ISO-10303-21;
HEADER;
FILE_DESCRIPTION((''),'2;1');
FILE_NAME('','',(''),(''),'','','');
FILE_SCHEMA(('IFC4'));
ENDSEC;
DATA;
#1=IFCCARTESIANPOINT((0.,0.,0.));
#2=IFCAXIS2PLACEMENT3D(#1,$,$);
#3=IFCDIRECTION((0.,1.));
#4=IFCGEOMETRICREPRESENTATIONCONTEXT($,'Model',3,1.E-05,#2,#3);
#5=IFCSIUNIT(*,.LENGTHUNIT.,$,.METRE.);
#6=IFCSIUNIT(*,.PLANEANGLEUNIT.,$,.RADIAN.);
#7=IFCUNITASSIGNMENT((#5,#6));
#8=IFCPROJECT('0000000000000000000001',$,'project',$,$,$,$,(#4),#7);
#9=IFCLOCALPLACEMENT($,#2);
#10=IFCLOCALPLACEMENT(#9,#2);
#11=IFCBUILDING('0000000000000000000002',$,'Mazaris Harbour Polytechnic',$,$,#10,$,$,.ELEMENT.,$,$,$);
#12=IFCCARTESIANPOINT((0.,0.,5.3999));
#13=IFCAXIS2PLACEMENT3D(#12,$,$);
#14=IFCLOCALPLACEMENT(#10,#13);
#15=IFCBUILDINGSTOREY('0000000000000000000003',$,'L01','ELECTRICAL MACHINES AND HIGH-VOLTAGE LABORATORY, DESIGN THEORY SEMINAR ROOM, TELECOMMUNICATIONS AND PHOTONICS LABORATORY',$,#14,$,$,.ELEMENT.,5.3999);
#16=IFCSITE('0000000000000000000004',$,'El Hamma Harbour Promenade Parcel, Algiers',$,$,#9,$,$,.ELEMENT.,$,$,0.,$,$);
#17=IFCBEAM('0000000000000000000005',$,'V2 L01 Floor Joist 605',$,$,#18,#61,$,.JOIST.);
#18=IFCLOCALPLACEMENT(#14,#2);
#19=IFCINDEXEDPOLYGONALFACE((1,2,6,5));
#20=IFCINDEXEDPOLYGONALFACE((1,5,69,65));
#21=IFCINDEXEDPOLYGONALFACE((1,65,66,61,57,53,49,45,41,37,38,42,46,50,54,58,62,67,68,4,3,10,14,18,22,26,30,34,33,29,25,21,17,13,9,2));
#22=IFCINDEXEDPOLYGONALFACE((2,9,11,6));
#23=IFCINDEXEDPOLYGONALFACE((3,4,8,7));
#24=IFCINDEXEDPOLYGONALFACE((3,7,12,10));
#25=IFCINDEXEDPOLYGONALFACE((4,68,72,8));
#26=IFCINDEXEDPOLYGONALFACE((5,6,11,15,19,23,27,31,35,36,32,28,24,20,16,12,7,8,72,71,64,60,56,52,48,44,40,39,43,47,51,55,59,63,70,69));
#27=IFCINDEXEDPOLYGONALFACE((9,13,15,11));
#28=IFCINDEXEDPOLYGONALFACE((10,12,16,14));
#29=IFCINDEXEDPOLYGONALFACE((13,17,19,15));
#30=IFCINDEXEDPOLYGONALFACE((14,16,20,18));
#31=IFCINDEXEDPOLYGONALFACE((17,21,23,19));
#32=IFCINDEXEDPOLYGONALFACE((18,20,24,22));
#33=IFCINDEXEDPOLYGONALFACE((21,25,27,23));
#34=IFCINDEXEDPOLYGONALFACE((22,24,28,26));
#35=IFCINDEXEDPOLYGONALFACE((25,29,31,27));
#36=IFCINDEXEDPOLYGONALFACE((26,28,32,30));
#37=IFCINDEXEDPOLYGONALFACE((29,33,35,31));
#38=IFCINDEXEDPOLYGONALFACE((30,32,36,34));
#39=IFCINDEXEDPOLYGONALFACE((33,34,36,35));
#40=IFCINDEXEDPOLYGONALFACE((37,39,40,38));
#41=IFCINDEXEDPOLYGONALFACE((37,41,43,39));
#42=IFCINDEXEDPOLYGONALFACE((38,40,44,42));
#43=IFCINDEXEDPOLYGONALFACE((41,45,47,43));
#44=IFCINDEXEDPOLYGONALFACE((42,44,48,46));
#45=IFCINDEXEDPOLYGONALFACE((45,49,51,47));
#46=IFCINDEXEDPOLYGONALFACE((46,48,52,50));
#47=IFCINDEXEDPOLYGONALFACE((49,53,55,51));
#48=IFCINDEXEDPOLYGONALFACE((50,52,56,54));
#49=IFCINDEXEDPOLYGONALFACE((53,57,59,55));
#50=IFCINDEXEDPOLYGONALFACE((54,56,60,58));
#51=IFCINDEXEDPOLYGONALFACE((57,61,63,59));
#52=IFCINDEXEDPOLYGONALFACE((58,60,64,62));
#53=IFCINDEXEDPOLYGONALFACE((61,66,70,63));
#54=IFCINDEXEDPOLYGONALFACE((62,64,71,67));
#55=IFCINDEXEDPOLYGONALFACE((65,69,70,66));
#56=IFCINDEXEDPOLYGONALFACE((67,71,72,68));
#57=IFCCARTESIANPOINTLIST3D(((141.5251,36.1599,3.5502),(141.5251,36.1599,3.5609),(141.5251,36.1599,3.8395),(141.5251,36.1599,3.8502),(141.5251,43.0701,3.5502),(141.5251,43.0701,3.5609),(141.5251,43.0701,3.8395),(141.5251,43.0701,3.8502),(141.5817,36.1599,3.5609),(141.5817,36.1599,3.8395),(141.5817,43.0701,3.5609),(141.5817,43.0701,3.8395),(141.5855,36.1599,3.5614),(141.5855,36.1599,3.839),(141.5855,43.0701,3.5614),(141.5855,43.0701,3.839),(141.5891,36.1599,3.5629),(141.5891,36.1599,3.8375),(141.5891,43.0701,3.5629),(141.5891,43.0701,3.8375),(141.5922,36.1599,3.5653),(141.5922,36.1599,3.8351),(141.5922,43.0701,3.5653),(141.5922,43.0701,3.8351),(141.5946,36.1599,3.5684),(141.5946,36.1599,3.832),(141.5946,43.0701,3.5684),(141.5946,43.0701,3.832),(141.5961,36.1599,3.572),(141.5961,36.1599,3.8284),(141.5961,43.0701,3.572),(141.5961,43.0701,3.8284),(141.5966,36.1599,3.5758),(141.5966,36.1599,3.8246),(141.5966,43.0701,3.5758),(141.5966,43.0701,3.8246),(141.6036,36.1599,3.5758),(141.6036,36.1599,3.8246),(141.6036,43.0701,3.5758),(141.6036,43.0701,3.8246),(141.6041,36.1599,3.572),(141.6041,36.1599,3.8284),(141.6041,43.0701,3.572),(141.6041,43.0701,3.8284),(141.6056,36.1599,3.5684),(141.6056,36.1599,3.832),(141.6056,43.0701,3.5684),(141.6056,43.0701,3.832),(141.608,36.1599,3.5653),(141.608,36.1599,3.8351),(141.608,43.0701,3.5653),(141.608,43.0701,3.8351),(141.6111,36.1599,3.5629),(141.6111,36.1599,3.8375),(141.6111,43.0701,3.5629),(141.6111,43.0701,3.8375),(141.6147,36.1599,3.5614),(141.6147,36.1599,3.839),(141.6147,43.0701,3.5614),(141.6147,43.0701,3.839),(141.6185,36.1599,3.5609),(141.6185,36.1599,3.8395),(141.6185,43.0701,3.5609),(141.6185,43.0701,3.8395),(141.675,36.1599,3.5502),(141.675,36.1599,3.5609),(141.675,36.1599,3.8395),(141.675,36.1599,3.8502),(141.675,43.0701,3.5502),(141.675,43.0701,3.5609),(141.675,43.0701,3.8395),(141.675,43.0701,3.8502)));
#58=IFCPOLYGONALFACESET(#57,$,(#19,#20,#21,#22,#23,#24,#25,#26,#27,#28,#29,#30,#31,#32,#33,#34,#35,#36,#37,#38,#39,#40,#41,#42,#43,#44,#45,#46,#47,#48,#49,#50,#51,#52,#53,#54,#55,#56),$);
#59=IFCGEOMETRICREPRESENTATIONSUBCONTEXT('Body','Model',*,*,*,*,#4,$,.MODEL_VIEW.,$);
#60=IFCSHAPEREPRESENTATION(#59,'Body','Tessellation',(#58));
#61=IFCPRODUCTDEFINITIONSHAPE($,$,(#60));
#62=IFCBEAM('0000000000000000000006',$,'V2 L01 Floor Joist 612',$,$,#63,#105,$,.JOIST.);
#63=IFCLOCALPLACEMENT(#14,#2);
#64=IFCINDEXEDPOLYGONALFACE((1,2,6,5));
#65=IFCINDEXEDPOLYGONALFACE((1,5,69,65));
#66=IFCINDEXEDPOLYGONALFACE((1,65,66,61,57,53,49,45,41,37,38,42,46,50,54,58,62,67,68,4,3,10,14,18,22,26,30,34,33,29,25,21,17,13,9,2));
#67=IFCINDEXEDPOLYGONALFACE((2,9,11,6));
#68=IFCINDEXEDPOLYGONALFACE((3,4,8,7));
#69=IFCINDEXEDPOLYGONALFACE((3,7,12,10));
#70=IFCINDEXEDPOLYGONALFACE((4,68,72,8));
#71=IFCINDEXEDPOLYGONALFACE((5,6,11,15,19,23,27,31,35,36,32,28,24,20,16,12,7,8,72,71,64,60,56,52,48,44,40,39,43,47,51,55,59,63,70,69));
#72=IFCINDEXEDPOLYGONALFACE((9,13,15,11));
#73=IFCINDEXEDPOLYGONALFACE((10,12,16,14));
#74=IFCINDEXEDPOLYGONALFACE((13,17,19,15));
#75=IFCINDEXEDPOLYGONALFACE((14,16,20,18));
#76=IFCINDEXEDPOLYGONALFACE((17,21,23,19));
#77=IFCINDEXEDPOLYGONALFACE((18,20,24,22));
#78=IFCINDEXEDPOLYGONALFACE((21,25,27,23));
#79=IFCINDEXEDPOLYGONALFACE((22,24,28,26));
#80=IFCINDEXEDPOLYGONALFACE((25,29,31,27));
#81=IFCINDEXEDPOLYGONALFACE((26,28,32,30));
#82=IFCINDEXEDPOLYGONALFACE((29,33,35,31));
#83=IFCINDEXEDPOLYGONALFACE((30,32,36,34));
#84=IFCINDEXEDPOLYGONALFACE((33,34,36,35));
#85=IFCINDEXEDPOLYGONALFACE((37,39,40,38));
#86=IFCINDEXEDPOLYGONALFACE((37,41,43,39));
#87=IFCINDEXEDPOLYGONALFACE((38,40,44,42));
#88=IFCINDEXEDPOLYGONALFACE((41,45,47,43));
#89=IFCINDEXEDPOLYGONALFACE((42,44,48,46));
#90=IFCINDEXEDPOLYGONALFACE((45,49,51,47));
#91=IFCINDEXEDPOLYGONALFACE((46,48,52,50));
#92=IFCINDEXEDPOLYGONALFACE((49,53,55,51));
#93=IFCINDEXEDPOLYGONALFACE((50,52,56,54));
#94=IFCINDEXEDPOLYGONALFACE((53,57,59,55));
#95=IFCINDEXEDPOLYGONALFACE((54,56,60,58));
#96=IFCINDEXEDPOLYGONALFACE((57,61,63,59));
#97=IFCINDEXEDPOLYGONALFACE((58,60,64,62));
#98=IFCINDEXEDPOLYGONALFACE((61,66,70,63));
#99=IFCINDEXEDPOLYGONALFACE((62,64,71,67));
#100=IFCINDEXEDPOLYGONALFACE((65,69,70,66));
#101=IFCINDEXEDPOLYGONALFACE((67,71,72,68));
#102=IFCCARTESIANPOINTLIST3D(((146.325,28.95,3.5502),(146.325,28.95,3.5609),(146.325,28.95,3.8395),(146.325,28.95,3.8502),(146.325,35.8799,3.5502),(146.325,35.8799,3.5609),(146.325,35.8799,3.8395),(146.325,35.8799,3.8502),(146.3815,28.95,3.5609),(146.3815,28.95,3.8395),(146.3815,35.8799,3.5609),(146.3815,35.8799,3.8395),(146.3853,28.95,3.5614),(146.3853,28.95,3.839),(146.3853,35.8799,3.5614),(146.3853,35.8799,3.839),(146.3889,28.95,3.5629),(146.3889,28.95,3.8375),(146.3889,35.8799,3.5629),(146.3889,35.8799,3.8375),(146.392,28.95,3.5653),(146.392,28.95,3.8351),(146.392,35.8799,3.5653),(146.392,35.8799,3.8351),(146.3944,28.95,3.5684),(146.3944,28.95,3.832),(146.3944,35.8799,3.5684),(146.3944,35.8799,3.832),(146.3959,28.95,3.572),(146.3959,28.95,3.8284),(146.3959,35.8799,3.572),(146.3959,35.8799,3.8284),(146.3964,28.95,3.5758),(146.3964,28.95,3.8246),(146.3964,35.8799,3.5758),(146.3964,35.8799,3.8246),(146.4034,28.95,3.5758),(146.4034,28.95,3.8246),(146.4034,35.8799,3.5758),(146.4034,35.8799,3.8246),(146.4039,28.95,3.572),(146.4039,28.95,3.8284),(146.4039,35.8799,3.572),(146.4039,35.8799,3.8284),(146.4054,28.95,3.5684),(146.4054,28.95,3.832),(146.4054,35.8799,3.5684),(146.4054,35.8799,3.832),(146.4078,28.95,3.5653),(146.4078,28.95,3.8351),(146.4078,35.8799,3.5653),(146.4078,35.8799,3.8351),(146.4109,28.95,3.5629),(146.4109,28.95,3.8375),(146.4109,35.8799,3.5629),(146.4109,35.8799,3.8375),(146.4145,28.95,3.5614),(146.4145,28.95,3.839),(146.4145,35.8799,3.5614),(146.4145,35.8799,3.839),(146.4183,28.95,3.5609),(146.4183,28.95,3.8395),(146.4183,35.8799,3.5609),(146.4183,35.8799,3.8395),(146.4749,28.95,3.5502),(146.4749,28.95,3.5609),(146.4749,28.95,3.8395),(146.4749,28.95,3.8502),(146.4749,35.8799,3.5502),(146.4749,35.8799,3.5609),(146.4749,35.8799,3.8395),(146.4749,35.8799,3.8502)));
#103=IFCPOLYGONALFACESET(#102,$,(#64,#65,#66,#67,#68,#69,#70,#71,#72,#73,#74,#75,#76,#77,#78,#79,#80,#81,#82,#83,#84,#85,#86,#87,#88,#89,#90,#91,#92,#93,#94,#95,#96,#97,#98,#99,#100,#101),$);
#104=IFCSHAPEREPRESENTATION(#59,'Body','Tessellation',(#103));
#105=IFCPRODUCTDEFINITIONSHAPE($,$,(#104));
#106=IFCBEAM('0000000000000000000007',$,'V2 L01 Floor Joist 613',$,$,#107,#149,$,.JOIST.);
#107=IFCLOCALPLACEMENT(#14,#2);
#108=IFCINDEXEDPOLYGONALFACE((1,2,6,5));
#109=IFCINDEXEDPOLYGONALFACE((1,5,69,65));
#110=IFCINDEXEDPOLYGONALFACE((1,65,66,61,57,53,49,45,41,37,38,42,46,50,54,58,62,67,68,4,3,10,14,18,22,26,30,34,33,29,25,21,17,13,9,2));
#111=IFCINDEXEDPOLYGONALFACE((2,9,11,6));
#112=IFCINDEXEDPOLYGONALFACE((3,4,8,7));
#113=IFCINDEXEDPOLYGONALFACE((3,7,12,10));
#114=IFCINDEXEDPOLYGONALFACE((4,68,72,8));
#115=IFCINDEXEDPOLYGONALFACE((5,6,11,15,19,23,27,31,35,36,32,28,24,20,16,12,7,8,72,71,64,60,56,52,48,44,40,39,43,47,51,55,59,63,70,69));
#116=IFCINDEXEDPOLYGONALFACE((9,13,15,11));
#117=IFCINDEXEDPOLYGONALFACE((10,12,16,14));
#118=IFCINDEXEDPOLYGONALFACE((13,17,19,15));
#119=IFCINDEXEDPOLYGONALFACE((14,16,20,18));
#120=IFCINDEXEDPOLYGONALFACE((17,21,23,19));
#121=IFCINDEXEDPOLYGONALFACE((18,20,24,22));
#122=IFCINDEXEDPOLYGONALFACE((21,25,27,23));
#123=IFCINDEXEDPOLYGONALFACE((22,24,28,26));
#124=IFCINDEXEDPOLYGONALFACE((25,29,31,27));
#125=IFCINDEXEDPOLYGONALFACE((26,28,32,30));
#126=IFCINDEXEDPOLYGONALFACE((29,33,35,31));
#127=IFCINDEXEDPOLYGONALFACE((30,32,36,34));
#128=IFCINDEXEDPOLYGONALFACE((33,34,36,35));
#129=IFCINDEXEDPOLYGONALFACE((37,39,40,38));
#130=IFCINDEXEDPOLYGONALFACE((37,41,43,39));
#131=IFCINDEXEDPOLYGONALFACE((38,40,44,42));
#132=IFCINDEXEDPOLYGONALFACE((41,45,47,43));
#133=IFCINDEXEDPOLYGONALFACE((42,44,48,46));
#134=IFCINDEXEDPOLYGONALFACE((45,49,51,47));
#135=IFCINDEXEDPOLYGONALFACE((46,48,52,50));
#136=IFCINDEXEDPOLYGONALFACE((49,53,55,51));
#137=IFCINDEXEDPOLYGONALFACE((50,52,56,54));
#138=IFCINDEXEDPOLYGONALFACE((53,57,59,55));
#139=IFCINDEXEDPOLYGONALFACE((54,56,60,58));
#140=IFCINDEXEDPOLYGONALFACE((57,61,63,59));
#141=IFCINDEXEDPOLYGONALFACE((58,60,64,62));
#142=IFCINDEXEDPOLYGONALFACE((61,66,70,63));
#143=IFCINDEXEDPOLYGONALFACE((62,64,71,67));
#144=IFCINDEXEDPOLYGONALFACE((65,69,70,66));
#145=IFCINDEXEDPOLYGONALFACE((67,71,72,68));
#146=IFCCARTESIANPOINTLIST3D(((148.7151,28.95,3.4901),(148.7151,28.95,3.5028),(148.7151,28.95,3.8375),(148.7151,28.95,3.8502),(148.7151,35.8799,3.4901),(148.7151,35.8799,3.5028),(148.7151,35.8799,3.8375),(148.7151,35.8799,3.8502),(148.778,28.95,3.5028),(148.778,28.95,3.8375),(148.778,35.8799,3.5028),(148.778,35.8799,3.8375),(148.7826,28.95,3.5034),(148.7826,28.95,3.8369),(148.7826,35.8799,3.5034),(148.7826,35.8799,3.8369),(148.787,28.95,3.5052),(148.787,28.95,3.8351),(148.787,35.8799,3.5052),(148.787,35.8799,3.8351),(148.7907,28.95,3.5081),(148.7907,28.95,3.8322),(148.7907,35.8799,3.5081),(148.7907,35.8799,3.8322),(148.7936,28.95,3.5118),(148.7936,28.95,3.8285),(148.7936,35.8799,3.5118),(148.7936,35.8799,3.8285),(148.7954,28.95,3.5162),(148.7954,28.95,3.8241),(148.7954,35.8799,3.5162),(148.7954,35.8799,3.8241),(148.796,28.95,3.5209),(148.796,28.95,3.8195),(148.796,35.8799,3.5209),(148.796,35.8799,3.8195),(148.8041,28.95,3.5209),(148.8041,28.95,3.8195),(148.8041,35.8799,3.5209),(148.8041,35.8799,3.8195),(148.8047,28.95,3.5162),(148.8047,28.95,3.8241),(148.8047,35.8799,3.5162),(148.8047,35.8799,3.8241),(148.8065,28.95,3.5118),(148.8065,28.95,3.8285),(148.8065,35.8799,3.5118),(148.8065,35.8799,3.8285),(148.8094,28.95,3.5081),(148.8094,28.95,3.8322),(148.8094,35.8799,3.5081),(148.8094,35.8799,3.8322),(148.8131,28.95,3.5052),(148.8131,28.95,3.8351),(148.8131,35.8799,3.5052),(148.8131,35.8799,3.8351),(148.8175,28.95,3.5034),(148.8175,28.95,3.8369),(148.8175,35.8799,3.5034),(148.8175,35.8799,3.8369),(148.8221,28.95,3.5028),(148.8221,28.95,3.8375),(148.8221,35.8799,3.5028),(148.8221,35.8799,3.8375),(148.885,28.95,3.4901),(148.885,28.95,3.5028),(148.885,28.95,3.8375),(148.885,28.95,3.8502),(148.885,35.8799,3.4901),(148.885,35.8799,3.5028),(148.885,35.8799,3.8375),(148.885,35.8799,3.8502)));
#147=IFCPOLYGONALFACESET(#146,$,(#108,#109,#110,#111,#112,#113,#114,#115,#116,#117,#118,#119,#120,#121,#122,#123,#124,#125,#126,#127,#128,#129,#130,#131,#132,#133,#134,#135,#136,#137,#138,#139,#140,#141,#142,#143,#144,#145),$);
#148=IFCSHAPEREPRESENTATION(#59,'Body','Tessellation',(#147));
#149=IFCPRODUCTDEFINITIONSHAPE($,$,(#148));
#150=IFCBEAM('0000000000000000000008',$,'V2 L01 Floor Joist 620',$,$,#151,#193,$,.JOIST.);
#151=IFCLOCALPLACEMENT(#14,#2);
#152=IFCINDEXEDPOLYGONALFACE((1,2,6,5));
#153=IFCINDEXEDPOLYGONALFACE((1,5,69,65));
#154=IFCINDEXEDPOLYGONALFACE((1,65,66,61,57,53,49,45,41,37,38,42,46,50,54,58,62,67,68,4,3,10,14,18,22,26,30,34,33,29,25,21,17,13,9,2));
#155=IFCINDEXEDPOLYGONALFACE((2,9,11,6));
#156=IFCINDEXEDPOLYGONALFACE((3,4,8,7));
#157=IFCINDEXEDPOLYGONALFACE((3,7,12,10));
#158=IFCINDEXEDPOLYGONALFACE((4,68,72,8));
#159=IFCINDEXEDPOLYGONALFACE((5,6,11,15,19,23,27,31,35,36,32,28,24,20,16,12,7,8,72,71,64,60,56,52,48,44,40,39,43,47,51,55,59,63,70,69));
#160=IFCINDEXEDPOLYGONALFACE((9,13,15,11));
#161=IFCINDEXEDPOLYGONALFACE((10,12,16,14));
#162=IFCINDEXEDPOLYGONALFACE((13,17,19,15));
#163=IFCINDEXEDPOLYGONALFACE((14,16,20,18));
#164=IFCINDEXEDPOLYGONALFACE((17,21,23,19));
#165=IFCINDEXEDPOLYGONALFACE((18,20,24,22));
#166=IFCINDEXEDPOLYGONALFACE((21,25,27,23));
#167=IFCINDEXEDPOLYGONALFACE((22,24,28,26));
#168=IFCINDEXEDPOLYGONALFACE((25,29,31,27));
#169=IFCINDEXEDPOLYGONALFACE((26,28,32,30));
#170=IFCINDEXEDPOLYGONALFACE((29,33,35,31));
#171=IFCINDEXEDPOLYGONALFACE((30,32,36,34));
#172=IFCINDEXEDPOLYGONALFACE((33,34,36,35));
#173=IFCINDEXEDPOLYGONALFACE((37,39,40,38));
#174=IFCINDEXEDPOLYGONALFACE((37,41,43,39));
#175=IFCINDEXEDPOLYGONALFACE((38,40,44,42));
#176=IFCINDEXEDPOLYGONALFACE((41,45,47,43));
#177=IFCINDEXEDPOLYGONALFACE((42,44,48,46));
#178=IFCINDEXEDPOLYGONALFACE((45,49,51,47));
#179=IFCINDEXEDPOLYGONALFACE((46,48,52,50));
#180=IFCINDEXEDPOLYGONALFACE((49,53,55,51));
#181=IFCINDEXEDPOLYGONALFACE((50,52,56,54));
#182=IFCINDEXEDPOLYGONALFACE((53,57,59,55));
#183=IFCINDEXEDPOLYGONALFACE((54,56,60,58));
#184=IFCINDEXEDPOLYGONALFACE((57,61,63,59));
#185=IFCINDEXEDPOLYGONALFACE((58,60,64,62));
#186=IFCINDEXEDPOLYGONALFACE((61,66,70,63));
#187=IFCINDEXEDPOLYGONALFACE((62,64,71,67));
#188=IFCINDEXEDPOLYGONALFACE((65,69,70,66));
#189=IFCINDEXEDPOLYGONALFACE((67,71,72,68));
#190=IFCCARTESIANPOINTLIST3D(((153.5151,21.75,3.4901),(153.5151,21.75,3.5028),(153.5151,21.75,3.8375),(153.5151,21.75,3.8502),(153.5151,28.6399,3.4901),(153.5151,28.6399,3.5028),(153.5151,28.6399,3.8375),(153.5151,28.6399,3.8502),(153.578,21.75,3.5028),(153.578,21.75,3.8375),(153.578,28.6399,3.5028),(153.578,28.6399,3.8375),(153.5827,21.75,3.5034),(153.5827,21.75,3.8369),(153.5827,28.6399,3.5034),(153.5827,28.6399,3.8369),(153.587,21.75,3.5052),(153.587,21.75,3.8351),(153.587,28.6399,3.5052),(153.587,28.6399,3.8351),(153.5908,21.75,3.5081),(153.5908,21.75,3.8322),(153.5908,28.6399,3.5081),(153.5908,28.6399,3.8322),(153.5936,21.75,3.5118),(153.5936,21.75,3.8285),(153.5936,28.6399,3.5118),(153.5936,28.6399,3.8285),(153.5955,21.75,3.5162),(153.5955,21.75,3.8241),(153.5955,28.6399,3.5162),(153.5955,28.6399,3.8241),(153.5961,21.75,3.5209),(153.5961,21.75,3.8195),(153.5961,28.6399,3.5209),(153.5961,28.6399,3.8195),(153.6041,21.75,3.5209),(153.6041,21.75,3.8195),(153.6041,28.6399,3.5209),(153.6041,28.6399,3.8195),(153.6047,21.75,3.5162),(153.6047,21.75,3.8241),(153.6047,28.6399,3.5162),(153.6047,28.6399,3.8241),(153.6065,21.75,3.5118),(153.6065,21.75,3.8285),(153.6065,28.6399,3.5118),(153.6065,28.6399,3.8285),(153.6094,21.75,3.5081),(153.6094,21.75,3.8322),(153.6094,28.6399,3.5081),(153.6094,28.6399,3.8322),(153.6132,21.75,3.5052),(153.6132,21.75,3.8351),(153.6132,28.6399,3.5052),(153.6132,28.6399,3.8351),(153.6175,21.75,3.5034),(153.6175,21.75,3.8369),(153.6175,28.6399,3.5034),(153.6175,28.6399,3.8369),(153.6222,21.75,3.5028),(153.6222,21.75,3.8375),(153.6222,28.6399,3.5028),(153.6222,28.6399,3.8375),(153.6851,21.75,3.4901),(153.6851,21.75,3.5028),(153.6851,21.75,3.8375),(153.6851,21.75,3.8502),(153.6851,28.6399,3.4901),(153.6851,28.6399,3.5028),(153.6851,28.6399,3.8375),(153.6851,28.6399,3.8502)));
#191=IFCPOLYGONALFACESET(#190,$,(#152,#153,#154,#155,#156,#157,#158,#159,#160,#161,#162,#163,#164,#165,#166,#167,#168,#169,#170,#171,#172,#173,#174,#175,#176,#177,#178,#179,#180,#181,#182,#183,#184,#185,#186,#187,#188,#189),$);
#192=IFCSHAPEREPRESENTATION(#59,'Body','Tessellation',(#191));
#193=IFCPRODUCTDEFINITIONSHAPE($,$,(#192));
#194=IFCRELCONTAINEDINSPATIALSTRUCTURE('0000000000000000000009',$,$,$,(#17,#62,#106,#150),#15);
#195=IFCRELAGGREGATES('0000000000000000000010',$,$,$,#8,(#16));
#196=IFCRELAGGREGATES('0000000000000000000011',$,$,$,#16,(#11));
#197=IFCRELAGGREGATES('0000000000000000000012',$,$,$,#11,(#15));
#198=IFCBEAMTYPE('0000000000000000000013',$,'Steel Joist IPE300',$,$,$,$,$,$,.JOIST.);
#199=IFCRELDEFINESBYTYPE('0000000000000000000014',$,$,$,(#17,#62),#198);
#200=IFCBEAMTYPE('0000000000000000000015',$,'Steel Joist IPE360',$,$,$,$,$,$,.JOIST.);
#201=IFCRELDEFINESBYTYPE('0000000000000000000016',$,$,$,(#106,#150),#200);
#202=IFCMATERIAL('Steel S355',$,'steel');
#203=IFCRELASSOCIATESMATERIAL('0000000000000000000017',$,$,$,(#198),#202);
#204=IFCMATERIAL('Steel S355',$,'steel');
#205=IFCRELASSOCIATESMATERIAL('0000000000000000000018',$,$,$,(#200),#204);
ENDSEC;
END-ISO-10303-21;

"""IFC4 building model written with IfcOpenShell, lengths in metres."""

from ifc_helpers import new_model, si_unit, direction, frame, origin, origin_2d, place, context, subcontext, project, spatial, i_section, extrude, material, material_profile, profile_set, type_object, element, save


model = new_model("IFC4")

# Units and contexts
model_context = context("Model", 3, precision=1e-05, world=origin(), true_north=direction((0.0, 1.0)))
body_context = subcontext(model_context, "Body", "Model", "MODEL_VIEW")
ifc_project = project(units=[si_unit("LENGTHUNIT", "METRE"), si_unit("PLANEANGLEUNIT", "RADIAN")], contexts=[model_context])

# Site, building, storey
site_placement = place(None, origin())
site = spatial("IfcSite", under=ifc_project, at=site_placement, Name="El Hamma Harbour Promenade Parcel, Algiers", CompositionType="ELEMENT", RefElevation=0.0)
building_placement = place(site_placement, origin())
building = spatial("IfcBuilding", under=site, at=building_placement, Name="Mazaris Harbour Polytechnic", CompositionType="ELEMENT")
storey_placement = place(building_placement, frame((0.0, 0.0, 5.3999)))
storey = spatial("IfcBuildingStorey", under=building, at=storey_placement, Name="L01", Description="ELECTRICAL MACHINES AND HIGH-VOLTAGE LABORATORY, DESIGN THEORY SEMINAR ROOM, TELECOMMUNICATIONS AND PHOTONICS LABORATORY", CompositionType="ELEMENT", Elevation=5.3999)

# Beams
ifc_material_1 = material(Name="Steel S355", Category="steel")
ifc_material_profile_1 = material_profile(ifc_material_1, i_section(OverallWidth=0.1499, OverallDepth=0.3, WebThickness=0.0071, FlangeThickness=0.0107, FilletRadius=0.0149, at=origin_2d()), Name="IPE 300")
ifc_profile_set_1 = profile_set([ifc_material_profile_1], Name="Steel S355")
beam_type_1 = type_object("IfcBeamType", Name="Steel Joist IPE300", PredefinedType="JOIST", material=ifc_profile_set_1)
beam_1_placement = place(storey_placement, frame((141.6001, 36.1599, 3.7002), z_axis=(0.0, 1.0, 0.0), x_axis=(-1.0, 0.0, 0.0)))
element("IfcBeam", 1, at=beam_1_placement, inside=storey, type_object=beam_type_1, Name="V2 L01 Floor Joist 605", PredefinedType="JOIST", context=body_context, shape_type="SweptSolid", body=[
    extrude(i_section(OverallWidth=0.1499, OverallDepth=0.3, WebThickness=0.0071, FlangeThickness=0.0107, FilletRadius=0.0149, at=origin_2d()), origin(), (0.0, 0.0, 1.0), 6.9102),
])
beam_2_placement = place(storey_placement, frame((146.3999, 28.95, 3.7002), z_axis=(0.0, 1.0, 0.0), x_axis=(-1.0, 0.0, 0.0)))
element("IfcBeam", 2, at=beam_2_placement, inside=storey, type_object=beam_type_1, Name="V2 L01 Floor Joist 612", PredefinedType="JOIST", context=body_context, shape_type="SweptSolid", body=[
    extrude(i_section(OverallWidth=0.1499, OverallDepth=0.3, WebThickness=0.0071, FlangeThickness=0.0107, FilletRadius=0.0149, at=origin_2d()), origin(), (0.0, 0.0, 1.0), 6.9299),
])
ifc_material_2 = material(Name="Steel S355", Category="steel")
ifc_material_profile_2 = material_profile(ifc_material_2, i_section(OverallWidth=0.1699, OverallDepth=0.3601, WebThickness=0.0081, FlangeThickness=0.0127, FilletRadius=0.0181, at=origin_2d()), Name="IPE 360")
ifc_profile_set_2 = profile_set([ifc_material_profile_2], Name="Steel S355")
beam_type_2 = type_object("IfcBeamType", Name="Steel Joist IPE360", PredefinedType="JOIST", material=ifc_profile_set_2)
beam_3_placement = place(storey_placement, frame((148.8, 28.95, 3.6702), z_axis=(0.0, 1.0, 0.0), x_axis=(-1.0, 0.0, 0.0)))
element("IfcBeam", 3, at=beam_3_placement, inside=storey, type_object=beam_type_2, Name="V2 L01 Floor Joist 613", PredefinedType="JOIST", context=body_context, shape_type="SweptSolid", body=[
    extrude(i_section(OverallWidth=0.1699, OverallDepth=0.3601, WebThickness=0.0081, FlangeThickness=0.0127, FilletRadius=0.0181, at=origin_2d()), origin(), (0.0, 0.0, 1.0), 6.9299),
])
beam_4_placement = place(storey_placement, frame((153.6001, 21.75, 3.6702), z_axis=(0.0, 1.0, 0.0), x_axis=(-1.0, 0.0, 0.0)))
element("IfcBeam", 4, at=beam_4_placement, inside=storey, type_object=beam_type_2, Name="V2 L01 Floor Joist 620", PredefinedType="JOIST", context=body_context, shape_type="SweptSolid", body=[
    extrude(i_section(OverallWidth=0.1699, OverallDepth=0.3601, WebThickness=0.0081, FlangeThickness=0.0127, FilletRadius=0.0181, at=origin_2d()), origin(), (0.0, 0.0, 1.0), 6.8899),
])

save(model, "model.ifc")
